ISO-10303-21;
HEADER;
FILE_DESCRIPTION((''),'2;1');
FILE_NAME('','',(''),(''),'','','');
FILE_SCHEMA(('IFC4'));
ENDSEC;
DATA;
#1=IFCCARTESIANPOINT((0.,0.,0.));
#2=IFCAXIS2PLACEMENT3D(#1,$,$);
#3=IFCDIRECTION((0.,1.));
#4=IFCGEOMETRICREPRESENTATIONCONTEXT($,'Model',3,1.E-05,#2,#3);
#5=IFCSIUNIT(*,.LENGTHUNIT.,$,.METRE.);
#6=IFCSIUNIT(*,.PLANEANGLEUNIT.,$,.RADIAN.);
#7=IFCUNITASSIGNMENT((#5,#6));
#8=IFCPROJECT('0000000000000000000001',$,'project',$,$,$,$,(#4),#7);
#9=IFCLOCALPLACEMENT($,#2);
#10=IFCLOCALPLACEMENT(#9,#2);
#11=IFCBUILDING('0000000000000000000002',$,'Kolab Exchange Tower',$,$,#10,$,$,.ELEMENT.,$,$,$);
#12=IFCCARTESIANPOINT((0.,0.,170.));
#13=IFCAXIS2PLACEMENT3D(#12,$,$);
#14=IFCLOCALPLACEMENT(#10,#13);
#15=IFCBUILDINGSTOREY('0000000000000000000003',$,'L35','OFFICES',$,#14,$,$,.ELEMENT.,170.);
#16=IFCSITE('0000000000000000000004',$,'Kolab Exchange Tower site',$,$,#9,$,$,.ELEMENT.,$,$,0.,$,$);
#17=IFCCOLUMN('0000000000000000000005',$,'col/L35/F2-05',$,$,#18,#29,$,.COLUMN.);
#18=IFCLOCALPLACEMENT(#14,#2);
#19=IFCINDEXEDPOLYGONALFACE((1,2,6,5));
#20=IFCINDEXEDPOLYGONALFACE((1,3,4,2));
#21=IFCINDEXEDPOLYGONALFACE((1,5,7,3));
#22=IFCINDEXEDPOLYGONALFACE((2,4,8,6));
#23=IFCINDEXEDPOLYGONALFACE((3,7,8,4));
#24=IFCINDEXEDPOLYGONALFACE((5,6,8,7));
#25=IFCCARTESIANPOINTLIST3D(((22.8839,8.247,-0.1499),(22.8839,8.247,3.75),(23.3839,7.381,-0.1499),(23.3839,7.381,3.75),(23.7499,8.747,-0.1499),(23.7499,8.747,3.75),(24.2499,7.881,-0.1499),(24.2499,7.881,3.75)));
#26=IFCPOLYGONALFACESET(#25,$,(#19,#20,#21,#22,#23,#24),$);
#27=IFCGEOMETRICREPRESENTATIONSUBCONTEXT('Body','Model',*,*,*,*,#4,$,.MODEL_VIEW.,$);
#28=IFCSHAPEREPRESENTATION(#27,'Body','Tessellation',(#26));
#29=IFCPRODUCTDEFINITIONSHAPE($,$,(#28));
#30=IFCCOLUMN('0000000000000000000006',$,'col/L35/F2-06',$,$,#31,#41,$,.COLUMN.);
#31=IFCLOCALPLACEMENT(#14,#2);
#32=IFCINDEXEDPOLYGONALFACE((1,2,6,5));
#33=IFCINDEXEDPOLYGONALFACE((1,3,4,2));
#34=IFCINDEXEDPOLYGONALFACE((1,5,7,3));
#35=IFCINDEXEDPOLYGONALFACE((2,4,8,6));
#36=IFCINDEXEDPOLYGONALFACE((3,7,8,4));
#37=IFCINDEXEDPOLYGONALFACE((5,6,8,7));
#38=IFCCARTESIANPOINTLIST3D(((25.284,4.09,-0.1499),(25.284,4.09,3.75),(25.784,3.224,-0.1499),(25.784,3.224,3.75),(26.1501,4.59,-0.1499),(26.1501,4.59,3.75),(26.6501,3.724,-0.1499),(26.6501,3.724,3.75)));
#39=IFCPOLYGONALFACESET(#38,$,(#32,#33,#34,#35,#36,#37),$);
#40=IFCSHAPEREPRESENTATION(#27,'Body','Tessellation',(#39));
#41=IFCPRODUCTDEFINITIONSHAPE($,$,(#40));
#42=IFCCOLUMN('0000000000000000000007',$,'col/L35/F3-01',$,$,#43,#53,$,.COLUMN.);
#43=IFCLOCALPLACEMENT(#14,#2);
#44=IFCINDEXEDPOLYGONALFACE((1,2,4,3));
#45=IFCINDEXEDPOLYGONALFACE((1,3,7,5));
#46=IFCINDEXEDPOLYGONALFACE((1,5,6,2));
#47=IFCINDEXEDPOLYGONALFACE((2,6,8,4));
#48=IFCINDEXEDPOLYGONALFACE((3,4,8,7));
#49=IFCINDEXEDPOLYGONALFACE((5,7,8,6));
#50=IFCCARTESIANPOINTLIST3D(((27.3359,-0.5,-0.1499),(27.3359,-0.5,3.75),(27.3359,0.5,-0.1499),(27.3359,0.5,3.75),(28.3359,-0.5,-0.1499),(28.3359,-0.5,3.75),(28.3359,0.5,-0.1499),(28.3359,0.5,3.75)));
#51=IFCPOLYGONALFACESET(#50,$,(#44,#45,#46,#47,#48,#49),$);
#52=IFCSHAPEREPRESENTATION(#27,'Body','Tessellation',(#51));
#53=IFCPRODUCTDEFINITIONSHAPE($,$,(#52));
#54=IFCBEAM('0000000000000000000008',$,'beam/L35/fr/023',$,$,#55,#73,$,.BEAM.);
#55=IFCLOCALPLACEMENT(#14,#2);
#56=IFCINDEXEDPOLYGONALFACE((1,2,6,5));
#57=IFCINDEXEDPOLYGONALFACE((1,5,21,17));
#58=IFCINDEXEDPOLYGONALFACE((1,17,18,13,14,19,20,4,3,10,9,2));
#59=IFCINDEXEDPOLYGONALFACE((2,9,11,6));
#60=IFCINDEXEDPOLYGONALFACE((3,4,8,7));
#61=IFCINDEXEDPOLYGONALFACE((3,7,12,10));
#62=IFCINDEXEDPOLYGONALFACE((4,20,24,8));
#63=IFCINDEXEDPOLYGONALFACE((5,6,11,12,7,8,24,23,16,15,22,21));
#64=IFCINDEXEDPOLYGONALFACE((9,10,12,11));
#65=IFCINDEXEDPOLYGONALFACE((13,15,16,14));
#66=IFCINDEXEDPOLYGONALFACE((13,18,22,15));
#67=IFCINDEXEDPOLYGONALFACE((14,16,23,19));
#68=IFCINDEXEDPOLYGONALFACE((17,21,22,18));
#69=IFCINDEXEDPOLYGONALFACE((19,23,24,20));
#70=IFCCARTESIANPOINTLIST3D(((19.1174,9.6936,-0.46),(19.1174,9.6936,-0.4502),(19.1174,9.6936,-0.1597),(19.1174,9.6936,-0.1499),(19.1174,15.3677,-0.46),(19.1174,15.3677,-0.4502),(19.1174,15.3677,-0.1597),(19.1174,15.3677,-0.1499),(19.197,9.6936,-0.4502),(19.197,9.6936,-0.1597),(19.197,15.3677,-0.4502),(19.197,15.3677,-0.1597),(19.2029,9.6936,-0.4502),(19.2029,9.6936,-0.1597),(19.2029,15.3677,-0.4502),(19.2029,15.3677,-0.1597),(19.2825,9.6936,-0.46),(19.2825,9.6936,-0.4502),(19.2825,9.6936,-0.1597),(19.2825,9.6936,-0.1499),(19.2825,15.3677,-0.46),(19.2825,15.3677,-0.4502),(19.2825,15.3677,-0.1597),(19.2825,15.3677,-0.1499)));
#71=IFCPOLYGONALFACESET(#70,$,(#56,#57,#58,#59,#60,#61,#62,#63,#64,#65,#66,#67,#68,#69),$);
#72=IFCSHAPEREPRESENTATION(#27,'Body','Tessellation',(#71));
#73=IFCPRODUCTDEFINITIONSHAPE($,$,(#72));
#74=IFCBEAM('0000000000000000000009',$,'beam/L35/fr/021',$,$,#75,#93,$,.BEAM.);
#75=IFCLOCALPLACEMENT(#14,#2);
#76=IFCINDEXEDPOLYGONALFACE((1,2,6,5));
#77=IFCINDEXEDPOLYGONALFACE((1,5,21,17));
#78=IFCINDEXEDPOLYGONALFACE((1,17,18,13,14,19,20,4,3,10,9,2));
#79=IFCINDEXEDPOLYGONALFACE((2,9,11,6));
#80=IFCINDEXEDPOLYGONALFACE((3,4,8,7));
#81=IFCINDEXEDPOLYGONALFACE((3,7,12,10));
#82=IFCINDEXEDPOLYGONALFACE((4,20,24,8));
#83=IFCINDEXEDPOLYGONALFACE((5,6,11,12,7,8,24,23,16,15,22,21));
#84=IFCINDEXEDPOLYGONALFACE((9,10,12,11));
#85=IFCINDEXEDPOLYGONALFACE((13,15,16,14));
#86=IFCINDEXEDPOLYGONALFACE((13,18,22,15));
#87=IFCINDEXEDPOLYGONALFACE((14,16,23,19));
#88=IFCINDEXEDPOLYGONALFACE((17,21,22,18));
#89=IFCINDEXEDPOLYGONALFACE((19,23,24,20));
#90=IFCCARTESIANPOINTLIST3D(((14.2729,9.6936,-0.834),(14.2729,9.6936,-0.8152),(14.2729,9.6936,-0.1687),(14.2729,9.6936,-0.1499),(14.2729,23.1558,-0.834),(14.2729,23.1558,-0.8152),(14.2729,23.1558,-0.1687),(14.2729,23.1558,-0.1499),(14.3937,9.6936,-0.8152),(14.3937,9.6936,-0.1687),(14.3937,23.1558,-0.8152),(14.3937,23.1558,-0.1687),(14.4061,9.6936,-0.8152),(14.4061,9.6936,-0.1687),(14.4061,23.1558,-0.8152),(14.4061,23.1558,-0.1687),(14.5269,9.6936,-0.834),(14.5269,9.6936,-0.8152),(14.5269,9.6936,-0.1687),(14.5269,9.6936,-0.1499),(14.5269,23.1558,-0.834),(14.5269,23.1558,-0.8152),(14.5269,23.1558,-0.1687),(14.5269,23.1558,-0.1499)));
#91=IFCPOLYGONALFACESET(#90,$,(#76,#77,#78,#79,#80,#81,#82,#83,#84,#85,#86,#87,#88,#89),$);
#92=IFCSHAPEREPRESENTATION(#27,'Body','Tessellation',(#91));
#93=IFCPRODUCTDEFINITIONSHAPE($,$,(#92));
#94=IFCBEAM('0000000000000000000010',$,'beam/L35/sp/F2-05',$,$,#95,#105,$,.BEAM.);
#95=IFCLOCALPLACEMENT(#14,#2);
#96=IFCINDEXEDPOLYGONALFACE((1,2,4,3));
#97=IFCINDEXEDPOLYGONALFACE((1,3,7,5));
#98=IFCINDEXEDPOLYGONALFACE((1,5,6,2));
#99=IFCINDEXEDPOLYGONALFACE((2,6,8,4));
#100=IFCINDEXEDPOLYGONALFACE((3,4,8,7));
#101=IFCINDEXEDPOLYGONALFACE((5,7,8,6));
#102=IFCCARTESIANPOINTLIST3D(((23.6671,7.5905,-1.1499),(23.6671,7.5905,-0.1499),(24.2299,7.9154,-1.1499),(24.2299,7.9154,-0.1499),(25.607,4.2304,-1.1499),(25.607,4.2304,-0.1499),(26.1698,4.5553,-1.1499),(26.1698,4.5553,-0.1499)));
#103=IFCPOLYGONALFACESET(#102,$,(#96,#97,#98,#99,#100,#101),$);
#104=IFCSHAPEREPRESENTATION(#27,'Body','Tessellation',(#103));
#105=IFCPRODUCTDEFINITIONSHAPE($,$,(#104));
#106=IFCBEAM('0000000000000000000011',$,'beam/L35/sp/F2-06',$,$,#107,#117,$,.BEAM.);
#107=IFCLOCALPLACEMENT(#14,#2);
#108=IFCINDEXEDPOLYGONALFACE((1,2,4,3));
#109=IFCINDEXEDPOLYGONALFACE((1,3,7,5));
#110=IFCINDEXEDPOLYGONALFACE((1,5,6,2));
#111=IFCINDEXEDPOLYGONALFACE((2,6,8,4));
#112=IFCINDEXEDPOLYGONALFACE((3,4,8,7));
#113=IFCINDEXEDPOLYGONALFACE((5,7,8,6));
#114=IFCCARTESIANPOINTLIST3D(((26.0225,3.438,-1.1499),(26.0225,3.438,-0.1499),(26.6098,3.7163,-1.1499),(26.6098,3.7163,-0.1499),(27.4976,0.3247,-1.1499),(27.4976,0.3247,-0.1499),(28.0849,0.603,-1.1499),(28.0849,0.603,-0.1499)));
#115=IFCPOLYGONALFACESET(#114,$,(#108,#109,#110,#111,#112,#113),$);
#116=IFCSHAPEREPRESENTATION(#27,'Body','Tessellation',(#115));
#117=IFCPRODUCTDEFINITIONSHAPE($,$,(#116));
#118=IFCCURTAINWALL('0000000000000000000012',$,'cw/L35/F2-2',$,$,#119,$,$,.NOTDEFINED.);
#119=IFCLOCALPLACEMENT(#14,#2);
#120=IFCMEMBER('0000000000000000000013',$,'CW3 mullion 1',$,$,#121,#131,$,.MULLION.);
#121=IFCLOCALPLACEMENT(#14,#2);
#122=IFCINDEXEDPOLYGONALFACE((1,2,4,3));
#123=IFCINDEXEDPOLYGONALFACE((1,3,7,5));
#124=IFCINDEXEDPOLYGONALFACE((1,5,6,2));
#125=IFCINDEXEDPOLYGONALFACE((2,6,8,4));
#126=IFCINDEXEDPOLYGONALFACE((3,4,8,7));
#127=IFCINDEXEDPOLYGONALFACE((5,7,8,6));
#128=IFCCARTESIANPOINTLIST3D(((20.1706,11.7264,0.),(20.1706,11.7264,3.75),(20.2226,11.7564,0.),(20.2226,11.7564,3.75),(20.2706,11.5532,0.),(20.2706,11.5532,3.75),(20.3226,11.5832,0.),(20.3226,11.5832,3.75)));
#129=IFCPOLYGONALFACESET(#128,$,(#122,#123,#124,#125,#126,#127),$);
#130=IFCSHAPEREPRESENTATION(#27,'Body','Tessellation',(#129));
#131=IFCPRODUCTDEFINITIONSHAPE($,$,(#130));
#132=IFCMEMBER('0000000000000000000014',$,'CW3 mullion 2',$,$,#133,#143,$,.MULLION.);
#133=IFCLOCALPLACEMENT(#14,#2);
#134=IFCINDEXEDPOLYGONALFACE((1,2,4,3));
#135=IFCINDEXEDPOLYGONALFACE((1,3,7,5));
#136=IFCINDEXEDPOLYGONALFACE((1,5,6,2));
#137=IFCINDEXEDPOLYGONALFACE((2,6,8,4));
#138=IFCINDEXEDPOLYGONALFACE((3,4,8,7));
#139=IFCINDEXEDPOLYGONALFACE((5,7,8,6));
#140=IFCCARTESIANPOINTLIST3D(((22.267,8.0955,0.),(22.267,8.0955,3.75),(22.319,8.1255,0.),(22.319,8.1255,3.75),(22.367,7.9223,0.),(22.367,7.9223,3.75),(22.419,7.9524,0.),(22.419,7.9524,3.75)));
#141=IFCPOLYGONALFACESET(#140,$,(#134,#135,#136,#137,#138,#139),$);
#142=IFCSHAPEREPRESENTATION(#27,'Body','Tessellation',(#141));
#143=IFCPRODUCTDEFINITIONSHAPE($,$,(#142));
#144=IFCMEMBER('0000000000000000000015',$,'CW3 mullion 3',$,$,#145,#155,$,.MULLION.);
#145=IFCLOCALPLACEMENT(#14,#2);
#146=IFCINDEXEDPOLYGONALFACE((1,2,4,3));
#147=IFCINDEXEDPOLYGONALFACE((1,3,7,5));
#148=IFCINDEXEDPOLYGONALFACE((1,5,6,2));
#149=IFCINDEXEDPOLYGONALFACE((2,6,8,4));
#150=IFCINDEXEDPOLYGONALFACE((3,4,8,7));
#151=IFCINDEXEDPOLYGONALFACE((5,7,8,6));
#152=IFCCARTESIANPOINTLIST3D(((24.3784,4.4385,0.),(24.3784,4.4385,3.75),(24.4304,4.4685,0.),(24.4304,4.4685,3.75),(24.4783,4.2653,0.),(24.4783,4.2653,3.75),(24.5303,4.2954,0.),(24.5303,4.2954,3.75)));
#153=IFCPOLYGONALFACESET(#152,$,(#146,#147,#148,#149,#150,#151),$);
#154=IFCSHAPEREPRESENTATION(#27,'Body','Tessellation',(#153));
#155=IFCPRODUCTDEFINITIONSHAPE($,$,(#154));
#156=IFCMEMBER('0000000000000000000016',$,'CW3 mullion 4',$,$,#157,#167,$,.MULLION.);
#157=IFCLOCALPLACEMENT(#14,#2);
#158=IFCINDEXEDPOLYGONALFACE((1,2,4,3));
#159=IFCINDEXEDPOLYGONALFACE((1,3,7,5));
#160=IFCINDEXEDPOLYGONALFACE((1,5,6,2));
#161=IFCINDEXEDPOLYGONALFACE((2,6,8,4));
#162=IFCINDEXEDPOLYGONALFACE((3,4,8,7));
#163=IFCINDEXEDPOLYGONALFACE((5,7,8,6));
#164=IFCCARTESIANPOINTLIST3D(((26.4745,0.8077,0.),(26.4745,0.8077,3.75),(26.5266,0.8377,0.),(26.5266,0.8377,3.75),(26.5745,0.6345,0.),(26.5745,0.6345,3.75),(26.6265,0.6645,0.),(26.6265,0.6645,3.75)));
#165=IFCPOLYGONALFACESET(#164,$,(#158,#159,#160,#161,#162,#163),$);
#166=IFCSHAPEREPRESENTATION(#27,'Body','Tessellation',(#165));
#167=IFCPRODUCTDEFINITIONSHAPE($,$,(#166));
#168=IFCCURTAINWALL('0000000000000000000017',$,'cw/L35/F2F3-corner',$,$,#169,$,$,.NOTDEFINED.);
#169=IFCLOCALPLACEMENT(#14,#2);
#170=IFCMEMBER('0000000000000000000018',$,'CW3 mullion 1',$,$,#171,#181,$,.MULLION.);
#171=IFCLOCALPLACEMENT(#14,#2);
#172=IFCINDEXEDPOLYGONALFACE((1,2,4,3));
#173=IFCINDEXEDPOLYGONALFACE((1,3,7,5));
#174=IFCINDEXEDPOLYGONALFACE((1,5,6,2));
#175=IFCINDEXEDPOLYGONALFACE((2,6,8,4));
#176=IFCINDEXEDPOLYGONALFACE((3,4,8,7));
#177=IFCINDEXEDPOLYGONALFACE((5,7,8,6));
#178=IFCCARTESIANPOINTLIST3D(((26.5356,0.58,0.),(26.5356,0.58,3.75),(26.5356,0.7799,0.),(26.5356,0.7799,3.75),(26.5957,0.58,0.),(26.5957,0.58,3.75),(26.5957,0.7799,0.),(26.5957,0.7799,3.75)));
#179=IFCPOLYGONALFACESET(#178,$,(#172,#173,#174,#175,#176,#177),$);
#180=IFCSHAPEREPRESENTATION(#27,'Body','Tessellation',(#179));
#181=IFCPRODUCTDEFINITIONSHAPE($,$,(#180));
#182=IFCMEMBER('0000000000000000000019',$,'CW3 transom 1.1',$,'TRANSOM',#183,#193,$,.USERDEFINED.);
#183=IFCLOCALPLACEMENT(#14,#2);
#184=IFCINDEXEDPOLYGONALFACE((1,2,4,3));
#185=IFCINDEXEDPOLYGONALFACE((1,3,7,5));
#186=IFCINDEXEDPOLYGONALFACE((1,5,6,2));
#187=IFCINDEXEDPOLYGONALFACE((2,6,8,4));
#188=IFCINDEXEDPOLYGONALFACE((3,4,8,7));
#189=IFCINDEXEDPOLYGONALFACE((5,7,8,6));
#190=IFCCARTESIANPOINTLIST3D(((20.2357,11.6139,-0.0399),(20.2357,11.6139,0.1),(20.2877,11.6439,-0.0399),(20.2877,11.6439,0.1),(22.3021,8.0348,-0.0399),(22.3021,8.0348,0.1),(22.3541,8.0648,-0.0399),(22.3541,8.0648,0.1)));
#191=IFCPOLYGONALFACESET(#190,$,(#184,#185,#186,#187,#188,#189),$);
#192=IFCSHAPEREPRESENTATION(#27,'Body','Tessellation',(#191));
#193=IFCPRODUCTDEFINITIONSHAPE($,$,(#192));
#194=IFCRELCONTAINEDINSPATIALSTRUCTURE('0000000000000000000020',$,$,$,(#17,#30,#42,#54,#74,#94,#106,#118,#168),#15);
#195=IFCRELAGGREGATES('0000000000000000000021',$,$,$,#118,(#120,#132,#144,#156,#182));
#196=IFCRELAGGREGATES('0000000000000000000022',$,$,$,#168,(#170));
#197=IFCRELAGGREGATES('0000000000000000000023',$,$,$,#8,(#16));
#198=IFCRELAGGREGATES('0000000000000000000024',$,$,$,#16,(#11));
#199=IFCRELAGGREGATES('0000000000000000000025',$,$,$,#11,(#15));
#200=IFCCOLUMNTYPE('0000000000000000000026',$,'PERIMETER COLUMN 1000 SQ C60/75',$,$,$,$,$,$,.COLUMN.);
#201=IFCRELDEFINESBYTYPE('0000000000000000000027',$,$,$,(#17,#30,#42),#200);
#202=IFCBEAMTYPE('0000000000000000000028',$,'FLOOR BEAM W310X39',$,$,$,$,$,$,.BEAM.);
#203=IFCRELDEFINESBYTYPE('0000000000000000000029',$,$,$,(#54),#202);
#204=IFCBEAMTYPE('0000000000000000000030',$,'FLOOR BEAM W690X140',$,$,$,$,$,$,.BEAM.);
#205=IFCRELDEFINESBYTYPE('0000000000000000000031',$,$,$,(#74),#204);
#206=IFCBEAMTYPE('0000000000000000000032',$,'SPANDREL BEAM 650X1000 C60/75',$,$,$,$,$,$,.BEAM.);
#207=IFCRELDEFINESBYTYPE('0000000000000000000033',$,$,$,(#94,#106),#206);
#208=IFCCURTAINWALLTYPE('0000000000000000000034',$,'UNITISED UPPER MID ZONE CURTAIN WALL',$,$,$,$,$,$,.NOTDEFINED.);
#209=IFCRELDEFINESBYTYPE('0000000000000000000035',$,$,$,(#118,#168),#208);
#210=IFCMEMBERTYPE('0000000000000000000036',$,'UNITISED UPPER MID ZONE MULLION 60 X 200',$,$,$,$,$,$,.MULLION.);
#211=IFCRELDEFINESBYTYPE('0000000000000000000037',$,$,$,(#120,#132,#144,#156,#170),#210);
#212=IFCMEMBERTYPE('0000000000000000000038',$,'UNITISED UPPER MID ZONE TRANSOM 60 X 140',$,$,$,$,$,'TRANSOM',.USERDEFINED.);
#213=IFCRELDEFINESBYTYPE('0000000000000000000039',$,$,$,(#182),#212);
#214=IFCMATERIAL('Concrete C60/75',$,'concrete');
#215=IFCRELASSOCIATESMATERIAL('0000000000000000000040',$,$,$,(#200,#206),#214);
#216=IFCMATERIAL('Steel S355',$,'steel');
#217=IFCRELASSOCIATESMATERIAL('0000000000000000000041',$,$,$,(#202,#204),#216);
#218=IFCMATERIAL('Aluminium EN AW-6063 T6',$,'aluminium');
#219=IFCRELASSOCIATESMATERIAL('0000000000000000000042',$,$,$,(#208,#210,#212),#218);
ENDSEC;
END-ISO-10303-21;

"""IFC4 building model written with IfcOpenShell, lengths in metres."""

from ifc_helpers import new_model, si_unit, direction, frame, origin, origin_2d, place, context, subcontext, project, spatial, rectangle, i_section, extrude, material, material_profile, profile_set, type_object, element, aggregate, save


model = new_model("IFC4")

# Units and contexts
model_context = context("Model", 3, precision=1e-05, world=origin(), true_north=direction((0.0, 1.0)))
body_context = subcontext(model_context, "Body", "Model", "MODEL_VIEW")
ifc_project = project(units=[si_unit("LENGTHUNIT", "METRE"), si_unit("PLANEANGLEUNIT", "RADIAN")], contexts=[model_context])

# Site, building, storey
site_placement = place(None, origin())
site = spatial("IfcSite", under=ifc_project, at=site_placement, Name="Kolab Exchange Tower site", CompositionType="ELEMENT", RefElevation=0.0)
building_placement = place(site_placement, origin())
building = spatial("IfcBuilding", under=site, at=building_placement, Name="Kolab Exchange Tower", CompositionType="ELEMENT")
storey_placement = place(building_placement, frame((0.0, 0.0, 170.0)))
storey = spatial("IfcBuildingStorey", under=building, at=storey_placement, Name="L35", Description="OFFICES", CompositionType="ELEMENT", Elevation=170.0)

# Columns
ifc_material_1 = material(Name="Concrete C60/75", Category="concrete")
ifc_material_profile_1 = material_profile(ifc_material_1, rectangle(XDim=1.0, YDim=1.0, at=origin_2d()), Name="RC1000")
ifc_profile_set_1 = profile_set([ifc_material_profile_1], Name="Concrete C60/75")
column_type = type_object("IfcColumnType", Name="PERIMETER COLUMN 1000 SQ C60/75", PredefinedType="COLUMN", material=ifc_profile_set_1)
for number, where, z_axis, x_axis, name in (
    (1, (23.5669, 8.064, -0.1499), (0.0, 0.0, 1.0), (0.866025, 0.5, 0.0), "col/L35/F2-05"),
    (2, (25.967, 3.907, -0.1499), (0.0, 0.0, 1.0), (0.866025, 0.5, 0.0), "col/L35/F2-06"),
    (3, (27.8359, 0.0, -0.1499), (0.0, 0.0, 1.0), (1.0, 0.0, 0.0), "col/L35/F3-01"),
):
    element("IfcColumn", number, at=place(storey_placement, frame(where, z_axis=z_axis, x_axis=x_axis)), inside=storey, type_object=column_type, Name=name, PredefinedType="COLUMN", context=body_context, shape_type="SweptSolid", body=[
        extrude(rectangle(XDim=1.0, YDim=1.0, at=origin_2d()), origin(), (0.0, 0.0, 1.0), 3.8999),
    ])

# Beams
ifc_material_2 = material(Name="Steel S355", Category="steel")
ifc_material_profile_2 = material_profile(ifc_material_2, i_section(OverallWidth=0.165, OverallDepth=0.3101, WebThickness=0.0059, FlangeThickness=0.0098, at=origin_2d()), Name="W310X39")
ifc_profile_set_2 = profile_set([ifc_material_profile_2], Name="Steel S355")
beam_type_1 = type_object("IfcBeamType", Name="FLOOR BEAM W310X39", PredefinedType="BEAM", material=ifc_profile_set_2)
beam_1_placement = place(storey_placement, frame((19.2, 9.6936, -0.3049), z_axis=(0.0, 1.0, 0.0), x_axis=(-1.0, 0.0, 0.0)))
element("IfcBeam", 4, at=beam_1_placement, inside=storey, type_object=beam_type_1, Name="beam/L35/fr/023", PredefinedType="BEAM", context=body_context, shape_type="SweptSolid", body=[
    extrude(i_section(OverallWidth=0.165, OverallDepth=0.3101, WebThickness=0.0059, FlangeThickness=0.0098, at=origin_2d()), origin(), (0.0, 0.0, 1.0), 5.6741),
])
ifc_material_profile_3 = material_profile(ifc_material_2, i_section(OverallWidth=0.2539, OverallDepth=0.6841, WebThickness=0.0125, FlangeThickness=0.0188, at=origin_2d()), Name="W690X140")
ifc_profile_set_3 = profile_set([ifc_material_profile_3], Name="Steel S355")
beam_type_2 = type_object("IfcBeamType", Name="FLOOR BEAM W690X140", PredefinedType="BEAM", material=ifc_profile_set_3)
beam_2_placement = place(storey_placement, frame((14.3999, 9.6936, -0.4919), z_axis=(0.0, 1.0, 0.0), x_axis=(-1.0, 0.0, 0.0)))
element("IfcBeam", 5, at=beam_2_placement, inside=storey, type_object=beam_type_2, Name="beam/L35/fr/021", PredefinedType="BEAM", context=body_context, shape_type="SweptSolid", body=[
    extrude(i_section(OverallWidth=0.2539, OverallDepth=0.6841, WebThickness=0.0125, FlangeThickness=0.0188, at=origin_2d()), origin(), (0.0, 0.0, 1.0), 13.4622),
])
ifc_material_profile_4 = material_profile(ifc_material_1, rectangle(XDim=0.6499, YDim=1.0, at=origin_2d()), Name="RC650X1000")
ifc_profile_set_4 = profile_set([ifc_material_profile_4], Name="Concrete C60/75")
beam_type_3 = type_object("IfcBeamType", Name="SPANDREL BEAM 650X1000 C60/75", PredefinedType="BEAM", material=ifc_profile_set_4)
beam_3_placement = place(storey_placement, frame((23.9485, 7.7529, -0.6499), z_axis=(0.499997, -0.866027, 0.0), x_axis=(0.866027, 0.499997, 0.0)))
element("IfcBeam", 6, at=beam_3_placement, inside=storey, type_object=beam_type_3, Name="beam/L35/sp/F2-05", PredefinedType="BEAM", context=body_context, shape_type="SweptSolid", body=[
    extrude(rectangle(XDim=0.6499, YDim=1.0, at=origin_2d()), origin(), (0.0, 0.0, 1.0), 3.8799),
])
beam_4_placement = place(storey_placement, frame((26.3162, 3.5771, -0.6499), z_axis=(0.428178, -0.903695, 0.0), x_axis=(0.903695, 0.428178, 0.0)))
element("IfcBeam", 7, at=beam_4_placement, inside=storey, type_object=beam_type_3, Name="beam/L35/sp/F2-06", PredefinedType="BEAM", context=body_context, shape_type="SweptSolid", body=[
    extrude(rectangle(XDim=0.6499, YDim=1.0, at=origin_2d()), origin(), (0.0, 0.0, 1.0), 3.4451),
])

# Curtain wall, members
ifc_material_3 = material(Name="Aluminium EN AW-6063 T6", Category="aluminium")
curtain_wall_type = type_object("IfcCurtainWallType", Name="UNITISED UPPER MID ZONE CURTAIN WALL", PredefinedType="NOTDEFINED", material=ifc_material_3)
curtain_wall_1_placement = place(storey_placement, origin())
curtain_wall_1 = element("IfcCurtainWall", 8, at=curtain_wall_1_placement, inside=storey, type_object=curtain_wall_type, Name="cw/L35/F2-2", PredefinedType="NOTDEFINED")
ifc_material_profile_5 = material_profile(ifc_material_3, rectangle(XDim=0.0601, YDim=0.2, at=origin_2d()), Name="RECT 60X200")
ifc_profile_set_5 = profile_set([ifc_material_profile_5], Name="Aluminium EN AW-6063 T6")
member_type_1 = type_object("IfcMemberType", Name="UNITISED UPPER MID ZONE MULLION 60 X 200", PredefinedType="MULLION", material=ifc_profile_set_5)
member_1_placement = place(storey_placement, frame((20.2466, 11.6548, 0.0), z_axis=(0.0, 0.0, 1.0), x_axis=(0.866025, 0.5, 0.0)))
member_1 = element("IfcMember", 9, at=member_1_placement, type_object=member_type_1, Name="CW3 mullion 1", PredefinedType="MULLION", context=body_context, shape_type="SweptSolid", body=[
    extrude(rectangle(XDim=0.0601, YDim=0.2, at=origin_2d()), origin(), (0.0, 0.0, 1.0), 3.75),
])
member_2_placement = place(storey_placement, frame((22.343, 8.0239, 0.0), z_axis=(0.0, 0.0, 1.0), x_axis=(0.866025, 0.5, 0.0)))
member_2 = element("IfcMember", 10, at=member_2_placement, type_object=member_type_1, Name="CW3 mullion 2", PredefinedType="MULLION", context=body_context, shape_type="SweptSolid", body=[
    extrude(rectangle(XDim=0.0601, YDim=0.2, at=origin_2d()), origin(), (0.0, 0.0, 1.0), 3.75),
])
member_3_placement = place(storey_placement, frame((24.4543, 4.3669, 0.0), z_axis=(0.0, 0.0, 1.0), x_axis=(0.866025, 0.5, 0.0)))
member_3 = element("IfcMember", 11, at=member_3_placement, type_object=member_type_1, Name="CW3 mullion 3", PredefinedType="MULLION", context=body_context, shape_type="SweptSolid", body=[
    extrude(rectangle(XDim=0.0601, YDim=0.2, at=origin_2d()), origin(), (0.0, 0.0, 1.0), 3.75),
])
member_4_placement = place(storey_placement, frame((26.5505, 0.7361, 0.0), z_axis=(0.0, 0.0, 1.0), x_axis=(0.866025, 0.5, 0.0)))
member_4 = element("IfcMember", 12, at=member_4_placement, type_object=member_type_1, Name="CW3 mullion 4", PredefinedType="MULLION", context=body_context, shape_type="SweptSolid", body=[
    extrude(rectangle(XDim=0.0601, YDim=0.2, at=origin_2d()), origin(), (0.0, 0.0, 1.0), 3.75),
])

# Curtain wall, member
curtain_wall_2_placement = place(storey_placement, origin())
curtain_wall_2 = element("IfcCurtainWall", 13, at=curtain_wall_2_placement, inside=storey, type_object=curtain_wall_type, Name="cw/L35/F2F3-corner", PredefinedType="NOTDEFINED")
member_5_placement = place(storey_placement, frame((26.5657, 0.6799, 0.0), z_axis=(0.0, 0.0, 1.0), x_axis=(1.0, 0.0, 0.0)))
member_5 = element("IfcMember", 14, at=member_5_placement, type_object=member_type_1, Name="CW3 mullion 1", PredefinedType="MULLION", context=body_context, shape_type="SweptSolid", body=[
    extrude(rectangle(XDim=0.0601, YDim=0.2, at=origin_2d()), origin(), (0.0, 0.0, 1.0), 3.75),
])

# Member
ifc_material_profile_6 = material_profile(ifc_material_3, rectangle(XDim=0.0601, YDim=0.1399, at=origin_2d()), Name="RECT 60X140")
ifc_profile_set_6 = profile_set([ifc_material_profile_6], Name="Aluminium EN AW-6063 T6")
member_type_2 = type_object("IfcMemberType", Name="UNITISED UPPER MID ZONE TRANSOM 60 X 140", ElementType="TRANSOM", PredefinedType="USERDEFINED", material=ifc_profile_set_6)
member_6_placement = place(storey_placement, frame((20.2617, 11.6289, 0.03), z_axis=(0.500002, -0.866024, 0.0), x_axis=(0.866024, 0.500002, 0.0)))
member_6 = element("IfcMember", 15, at=member_6_placement, type_object=member_type_2, Name="CW3 transom 1.1", ObjectType="TRANSOM", PredefinedType="USERDEFINED", context=body_context, shape_type="SweptSolid", body=[
    extrude(rectangle(XDim=0.0601, YDim=0.1399, at=origin_2d()), origin(), (0.0, 0.0, 1.0), 4.1328),
])

aggregate(curtain_wall_1, [member_1, member_2, member_3, member_4, member_6])
aggregate(curtain_wall_2, [member_5])

save(model, "model.ifc")
